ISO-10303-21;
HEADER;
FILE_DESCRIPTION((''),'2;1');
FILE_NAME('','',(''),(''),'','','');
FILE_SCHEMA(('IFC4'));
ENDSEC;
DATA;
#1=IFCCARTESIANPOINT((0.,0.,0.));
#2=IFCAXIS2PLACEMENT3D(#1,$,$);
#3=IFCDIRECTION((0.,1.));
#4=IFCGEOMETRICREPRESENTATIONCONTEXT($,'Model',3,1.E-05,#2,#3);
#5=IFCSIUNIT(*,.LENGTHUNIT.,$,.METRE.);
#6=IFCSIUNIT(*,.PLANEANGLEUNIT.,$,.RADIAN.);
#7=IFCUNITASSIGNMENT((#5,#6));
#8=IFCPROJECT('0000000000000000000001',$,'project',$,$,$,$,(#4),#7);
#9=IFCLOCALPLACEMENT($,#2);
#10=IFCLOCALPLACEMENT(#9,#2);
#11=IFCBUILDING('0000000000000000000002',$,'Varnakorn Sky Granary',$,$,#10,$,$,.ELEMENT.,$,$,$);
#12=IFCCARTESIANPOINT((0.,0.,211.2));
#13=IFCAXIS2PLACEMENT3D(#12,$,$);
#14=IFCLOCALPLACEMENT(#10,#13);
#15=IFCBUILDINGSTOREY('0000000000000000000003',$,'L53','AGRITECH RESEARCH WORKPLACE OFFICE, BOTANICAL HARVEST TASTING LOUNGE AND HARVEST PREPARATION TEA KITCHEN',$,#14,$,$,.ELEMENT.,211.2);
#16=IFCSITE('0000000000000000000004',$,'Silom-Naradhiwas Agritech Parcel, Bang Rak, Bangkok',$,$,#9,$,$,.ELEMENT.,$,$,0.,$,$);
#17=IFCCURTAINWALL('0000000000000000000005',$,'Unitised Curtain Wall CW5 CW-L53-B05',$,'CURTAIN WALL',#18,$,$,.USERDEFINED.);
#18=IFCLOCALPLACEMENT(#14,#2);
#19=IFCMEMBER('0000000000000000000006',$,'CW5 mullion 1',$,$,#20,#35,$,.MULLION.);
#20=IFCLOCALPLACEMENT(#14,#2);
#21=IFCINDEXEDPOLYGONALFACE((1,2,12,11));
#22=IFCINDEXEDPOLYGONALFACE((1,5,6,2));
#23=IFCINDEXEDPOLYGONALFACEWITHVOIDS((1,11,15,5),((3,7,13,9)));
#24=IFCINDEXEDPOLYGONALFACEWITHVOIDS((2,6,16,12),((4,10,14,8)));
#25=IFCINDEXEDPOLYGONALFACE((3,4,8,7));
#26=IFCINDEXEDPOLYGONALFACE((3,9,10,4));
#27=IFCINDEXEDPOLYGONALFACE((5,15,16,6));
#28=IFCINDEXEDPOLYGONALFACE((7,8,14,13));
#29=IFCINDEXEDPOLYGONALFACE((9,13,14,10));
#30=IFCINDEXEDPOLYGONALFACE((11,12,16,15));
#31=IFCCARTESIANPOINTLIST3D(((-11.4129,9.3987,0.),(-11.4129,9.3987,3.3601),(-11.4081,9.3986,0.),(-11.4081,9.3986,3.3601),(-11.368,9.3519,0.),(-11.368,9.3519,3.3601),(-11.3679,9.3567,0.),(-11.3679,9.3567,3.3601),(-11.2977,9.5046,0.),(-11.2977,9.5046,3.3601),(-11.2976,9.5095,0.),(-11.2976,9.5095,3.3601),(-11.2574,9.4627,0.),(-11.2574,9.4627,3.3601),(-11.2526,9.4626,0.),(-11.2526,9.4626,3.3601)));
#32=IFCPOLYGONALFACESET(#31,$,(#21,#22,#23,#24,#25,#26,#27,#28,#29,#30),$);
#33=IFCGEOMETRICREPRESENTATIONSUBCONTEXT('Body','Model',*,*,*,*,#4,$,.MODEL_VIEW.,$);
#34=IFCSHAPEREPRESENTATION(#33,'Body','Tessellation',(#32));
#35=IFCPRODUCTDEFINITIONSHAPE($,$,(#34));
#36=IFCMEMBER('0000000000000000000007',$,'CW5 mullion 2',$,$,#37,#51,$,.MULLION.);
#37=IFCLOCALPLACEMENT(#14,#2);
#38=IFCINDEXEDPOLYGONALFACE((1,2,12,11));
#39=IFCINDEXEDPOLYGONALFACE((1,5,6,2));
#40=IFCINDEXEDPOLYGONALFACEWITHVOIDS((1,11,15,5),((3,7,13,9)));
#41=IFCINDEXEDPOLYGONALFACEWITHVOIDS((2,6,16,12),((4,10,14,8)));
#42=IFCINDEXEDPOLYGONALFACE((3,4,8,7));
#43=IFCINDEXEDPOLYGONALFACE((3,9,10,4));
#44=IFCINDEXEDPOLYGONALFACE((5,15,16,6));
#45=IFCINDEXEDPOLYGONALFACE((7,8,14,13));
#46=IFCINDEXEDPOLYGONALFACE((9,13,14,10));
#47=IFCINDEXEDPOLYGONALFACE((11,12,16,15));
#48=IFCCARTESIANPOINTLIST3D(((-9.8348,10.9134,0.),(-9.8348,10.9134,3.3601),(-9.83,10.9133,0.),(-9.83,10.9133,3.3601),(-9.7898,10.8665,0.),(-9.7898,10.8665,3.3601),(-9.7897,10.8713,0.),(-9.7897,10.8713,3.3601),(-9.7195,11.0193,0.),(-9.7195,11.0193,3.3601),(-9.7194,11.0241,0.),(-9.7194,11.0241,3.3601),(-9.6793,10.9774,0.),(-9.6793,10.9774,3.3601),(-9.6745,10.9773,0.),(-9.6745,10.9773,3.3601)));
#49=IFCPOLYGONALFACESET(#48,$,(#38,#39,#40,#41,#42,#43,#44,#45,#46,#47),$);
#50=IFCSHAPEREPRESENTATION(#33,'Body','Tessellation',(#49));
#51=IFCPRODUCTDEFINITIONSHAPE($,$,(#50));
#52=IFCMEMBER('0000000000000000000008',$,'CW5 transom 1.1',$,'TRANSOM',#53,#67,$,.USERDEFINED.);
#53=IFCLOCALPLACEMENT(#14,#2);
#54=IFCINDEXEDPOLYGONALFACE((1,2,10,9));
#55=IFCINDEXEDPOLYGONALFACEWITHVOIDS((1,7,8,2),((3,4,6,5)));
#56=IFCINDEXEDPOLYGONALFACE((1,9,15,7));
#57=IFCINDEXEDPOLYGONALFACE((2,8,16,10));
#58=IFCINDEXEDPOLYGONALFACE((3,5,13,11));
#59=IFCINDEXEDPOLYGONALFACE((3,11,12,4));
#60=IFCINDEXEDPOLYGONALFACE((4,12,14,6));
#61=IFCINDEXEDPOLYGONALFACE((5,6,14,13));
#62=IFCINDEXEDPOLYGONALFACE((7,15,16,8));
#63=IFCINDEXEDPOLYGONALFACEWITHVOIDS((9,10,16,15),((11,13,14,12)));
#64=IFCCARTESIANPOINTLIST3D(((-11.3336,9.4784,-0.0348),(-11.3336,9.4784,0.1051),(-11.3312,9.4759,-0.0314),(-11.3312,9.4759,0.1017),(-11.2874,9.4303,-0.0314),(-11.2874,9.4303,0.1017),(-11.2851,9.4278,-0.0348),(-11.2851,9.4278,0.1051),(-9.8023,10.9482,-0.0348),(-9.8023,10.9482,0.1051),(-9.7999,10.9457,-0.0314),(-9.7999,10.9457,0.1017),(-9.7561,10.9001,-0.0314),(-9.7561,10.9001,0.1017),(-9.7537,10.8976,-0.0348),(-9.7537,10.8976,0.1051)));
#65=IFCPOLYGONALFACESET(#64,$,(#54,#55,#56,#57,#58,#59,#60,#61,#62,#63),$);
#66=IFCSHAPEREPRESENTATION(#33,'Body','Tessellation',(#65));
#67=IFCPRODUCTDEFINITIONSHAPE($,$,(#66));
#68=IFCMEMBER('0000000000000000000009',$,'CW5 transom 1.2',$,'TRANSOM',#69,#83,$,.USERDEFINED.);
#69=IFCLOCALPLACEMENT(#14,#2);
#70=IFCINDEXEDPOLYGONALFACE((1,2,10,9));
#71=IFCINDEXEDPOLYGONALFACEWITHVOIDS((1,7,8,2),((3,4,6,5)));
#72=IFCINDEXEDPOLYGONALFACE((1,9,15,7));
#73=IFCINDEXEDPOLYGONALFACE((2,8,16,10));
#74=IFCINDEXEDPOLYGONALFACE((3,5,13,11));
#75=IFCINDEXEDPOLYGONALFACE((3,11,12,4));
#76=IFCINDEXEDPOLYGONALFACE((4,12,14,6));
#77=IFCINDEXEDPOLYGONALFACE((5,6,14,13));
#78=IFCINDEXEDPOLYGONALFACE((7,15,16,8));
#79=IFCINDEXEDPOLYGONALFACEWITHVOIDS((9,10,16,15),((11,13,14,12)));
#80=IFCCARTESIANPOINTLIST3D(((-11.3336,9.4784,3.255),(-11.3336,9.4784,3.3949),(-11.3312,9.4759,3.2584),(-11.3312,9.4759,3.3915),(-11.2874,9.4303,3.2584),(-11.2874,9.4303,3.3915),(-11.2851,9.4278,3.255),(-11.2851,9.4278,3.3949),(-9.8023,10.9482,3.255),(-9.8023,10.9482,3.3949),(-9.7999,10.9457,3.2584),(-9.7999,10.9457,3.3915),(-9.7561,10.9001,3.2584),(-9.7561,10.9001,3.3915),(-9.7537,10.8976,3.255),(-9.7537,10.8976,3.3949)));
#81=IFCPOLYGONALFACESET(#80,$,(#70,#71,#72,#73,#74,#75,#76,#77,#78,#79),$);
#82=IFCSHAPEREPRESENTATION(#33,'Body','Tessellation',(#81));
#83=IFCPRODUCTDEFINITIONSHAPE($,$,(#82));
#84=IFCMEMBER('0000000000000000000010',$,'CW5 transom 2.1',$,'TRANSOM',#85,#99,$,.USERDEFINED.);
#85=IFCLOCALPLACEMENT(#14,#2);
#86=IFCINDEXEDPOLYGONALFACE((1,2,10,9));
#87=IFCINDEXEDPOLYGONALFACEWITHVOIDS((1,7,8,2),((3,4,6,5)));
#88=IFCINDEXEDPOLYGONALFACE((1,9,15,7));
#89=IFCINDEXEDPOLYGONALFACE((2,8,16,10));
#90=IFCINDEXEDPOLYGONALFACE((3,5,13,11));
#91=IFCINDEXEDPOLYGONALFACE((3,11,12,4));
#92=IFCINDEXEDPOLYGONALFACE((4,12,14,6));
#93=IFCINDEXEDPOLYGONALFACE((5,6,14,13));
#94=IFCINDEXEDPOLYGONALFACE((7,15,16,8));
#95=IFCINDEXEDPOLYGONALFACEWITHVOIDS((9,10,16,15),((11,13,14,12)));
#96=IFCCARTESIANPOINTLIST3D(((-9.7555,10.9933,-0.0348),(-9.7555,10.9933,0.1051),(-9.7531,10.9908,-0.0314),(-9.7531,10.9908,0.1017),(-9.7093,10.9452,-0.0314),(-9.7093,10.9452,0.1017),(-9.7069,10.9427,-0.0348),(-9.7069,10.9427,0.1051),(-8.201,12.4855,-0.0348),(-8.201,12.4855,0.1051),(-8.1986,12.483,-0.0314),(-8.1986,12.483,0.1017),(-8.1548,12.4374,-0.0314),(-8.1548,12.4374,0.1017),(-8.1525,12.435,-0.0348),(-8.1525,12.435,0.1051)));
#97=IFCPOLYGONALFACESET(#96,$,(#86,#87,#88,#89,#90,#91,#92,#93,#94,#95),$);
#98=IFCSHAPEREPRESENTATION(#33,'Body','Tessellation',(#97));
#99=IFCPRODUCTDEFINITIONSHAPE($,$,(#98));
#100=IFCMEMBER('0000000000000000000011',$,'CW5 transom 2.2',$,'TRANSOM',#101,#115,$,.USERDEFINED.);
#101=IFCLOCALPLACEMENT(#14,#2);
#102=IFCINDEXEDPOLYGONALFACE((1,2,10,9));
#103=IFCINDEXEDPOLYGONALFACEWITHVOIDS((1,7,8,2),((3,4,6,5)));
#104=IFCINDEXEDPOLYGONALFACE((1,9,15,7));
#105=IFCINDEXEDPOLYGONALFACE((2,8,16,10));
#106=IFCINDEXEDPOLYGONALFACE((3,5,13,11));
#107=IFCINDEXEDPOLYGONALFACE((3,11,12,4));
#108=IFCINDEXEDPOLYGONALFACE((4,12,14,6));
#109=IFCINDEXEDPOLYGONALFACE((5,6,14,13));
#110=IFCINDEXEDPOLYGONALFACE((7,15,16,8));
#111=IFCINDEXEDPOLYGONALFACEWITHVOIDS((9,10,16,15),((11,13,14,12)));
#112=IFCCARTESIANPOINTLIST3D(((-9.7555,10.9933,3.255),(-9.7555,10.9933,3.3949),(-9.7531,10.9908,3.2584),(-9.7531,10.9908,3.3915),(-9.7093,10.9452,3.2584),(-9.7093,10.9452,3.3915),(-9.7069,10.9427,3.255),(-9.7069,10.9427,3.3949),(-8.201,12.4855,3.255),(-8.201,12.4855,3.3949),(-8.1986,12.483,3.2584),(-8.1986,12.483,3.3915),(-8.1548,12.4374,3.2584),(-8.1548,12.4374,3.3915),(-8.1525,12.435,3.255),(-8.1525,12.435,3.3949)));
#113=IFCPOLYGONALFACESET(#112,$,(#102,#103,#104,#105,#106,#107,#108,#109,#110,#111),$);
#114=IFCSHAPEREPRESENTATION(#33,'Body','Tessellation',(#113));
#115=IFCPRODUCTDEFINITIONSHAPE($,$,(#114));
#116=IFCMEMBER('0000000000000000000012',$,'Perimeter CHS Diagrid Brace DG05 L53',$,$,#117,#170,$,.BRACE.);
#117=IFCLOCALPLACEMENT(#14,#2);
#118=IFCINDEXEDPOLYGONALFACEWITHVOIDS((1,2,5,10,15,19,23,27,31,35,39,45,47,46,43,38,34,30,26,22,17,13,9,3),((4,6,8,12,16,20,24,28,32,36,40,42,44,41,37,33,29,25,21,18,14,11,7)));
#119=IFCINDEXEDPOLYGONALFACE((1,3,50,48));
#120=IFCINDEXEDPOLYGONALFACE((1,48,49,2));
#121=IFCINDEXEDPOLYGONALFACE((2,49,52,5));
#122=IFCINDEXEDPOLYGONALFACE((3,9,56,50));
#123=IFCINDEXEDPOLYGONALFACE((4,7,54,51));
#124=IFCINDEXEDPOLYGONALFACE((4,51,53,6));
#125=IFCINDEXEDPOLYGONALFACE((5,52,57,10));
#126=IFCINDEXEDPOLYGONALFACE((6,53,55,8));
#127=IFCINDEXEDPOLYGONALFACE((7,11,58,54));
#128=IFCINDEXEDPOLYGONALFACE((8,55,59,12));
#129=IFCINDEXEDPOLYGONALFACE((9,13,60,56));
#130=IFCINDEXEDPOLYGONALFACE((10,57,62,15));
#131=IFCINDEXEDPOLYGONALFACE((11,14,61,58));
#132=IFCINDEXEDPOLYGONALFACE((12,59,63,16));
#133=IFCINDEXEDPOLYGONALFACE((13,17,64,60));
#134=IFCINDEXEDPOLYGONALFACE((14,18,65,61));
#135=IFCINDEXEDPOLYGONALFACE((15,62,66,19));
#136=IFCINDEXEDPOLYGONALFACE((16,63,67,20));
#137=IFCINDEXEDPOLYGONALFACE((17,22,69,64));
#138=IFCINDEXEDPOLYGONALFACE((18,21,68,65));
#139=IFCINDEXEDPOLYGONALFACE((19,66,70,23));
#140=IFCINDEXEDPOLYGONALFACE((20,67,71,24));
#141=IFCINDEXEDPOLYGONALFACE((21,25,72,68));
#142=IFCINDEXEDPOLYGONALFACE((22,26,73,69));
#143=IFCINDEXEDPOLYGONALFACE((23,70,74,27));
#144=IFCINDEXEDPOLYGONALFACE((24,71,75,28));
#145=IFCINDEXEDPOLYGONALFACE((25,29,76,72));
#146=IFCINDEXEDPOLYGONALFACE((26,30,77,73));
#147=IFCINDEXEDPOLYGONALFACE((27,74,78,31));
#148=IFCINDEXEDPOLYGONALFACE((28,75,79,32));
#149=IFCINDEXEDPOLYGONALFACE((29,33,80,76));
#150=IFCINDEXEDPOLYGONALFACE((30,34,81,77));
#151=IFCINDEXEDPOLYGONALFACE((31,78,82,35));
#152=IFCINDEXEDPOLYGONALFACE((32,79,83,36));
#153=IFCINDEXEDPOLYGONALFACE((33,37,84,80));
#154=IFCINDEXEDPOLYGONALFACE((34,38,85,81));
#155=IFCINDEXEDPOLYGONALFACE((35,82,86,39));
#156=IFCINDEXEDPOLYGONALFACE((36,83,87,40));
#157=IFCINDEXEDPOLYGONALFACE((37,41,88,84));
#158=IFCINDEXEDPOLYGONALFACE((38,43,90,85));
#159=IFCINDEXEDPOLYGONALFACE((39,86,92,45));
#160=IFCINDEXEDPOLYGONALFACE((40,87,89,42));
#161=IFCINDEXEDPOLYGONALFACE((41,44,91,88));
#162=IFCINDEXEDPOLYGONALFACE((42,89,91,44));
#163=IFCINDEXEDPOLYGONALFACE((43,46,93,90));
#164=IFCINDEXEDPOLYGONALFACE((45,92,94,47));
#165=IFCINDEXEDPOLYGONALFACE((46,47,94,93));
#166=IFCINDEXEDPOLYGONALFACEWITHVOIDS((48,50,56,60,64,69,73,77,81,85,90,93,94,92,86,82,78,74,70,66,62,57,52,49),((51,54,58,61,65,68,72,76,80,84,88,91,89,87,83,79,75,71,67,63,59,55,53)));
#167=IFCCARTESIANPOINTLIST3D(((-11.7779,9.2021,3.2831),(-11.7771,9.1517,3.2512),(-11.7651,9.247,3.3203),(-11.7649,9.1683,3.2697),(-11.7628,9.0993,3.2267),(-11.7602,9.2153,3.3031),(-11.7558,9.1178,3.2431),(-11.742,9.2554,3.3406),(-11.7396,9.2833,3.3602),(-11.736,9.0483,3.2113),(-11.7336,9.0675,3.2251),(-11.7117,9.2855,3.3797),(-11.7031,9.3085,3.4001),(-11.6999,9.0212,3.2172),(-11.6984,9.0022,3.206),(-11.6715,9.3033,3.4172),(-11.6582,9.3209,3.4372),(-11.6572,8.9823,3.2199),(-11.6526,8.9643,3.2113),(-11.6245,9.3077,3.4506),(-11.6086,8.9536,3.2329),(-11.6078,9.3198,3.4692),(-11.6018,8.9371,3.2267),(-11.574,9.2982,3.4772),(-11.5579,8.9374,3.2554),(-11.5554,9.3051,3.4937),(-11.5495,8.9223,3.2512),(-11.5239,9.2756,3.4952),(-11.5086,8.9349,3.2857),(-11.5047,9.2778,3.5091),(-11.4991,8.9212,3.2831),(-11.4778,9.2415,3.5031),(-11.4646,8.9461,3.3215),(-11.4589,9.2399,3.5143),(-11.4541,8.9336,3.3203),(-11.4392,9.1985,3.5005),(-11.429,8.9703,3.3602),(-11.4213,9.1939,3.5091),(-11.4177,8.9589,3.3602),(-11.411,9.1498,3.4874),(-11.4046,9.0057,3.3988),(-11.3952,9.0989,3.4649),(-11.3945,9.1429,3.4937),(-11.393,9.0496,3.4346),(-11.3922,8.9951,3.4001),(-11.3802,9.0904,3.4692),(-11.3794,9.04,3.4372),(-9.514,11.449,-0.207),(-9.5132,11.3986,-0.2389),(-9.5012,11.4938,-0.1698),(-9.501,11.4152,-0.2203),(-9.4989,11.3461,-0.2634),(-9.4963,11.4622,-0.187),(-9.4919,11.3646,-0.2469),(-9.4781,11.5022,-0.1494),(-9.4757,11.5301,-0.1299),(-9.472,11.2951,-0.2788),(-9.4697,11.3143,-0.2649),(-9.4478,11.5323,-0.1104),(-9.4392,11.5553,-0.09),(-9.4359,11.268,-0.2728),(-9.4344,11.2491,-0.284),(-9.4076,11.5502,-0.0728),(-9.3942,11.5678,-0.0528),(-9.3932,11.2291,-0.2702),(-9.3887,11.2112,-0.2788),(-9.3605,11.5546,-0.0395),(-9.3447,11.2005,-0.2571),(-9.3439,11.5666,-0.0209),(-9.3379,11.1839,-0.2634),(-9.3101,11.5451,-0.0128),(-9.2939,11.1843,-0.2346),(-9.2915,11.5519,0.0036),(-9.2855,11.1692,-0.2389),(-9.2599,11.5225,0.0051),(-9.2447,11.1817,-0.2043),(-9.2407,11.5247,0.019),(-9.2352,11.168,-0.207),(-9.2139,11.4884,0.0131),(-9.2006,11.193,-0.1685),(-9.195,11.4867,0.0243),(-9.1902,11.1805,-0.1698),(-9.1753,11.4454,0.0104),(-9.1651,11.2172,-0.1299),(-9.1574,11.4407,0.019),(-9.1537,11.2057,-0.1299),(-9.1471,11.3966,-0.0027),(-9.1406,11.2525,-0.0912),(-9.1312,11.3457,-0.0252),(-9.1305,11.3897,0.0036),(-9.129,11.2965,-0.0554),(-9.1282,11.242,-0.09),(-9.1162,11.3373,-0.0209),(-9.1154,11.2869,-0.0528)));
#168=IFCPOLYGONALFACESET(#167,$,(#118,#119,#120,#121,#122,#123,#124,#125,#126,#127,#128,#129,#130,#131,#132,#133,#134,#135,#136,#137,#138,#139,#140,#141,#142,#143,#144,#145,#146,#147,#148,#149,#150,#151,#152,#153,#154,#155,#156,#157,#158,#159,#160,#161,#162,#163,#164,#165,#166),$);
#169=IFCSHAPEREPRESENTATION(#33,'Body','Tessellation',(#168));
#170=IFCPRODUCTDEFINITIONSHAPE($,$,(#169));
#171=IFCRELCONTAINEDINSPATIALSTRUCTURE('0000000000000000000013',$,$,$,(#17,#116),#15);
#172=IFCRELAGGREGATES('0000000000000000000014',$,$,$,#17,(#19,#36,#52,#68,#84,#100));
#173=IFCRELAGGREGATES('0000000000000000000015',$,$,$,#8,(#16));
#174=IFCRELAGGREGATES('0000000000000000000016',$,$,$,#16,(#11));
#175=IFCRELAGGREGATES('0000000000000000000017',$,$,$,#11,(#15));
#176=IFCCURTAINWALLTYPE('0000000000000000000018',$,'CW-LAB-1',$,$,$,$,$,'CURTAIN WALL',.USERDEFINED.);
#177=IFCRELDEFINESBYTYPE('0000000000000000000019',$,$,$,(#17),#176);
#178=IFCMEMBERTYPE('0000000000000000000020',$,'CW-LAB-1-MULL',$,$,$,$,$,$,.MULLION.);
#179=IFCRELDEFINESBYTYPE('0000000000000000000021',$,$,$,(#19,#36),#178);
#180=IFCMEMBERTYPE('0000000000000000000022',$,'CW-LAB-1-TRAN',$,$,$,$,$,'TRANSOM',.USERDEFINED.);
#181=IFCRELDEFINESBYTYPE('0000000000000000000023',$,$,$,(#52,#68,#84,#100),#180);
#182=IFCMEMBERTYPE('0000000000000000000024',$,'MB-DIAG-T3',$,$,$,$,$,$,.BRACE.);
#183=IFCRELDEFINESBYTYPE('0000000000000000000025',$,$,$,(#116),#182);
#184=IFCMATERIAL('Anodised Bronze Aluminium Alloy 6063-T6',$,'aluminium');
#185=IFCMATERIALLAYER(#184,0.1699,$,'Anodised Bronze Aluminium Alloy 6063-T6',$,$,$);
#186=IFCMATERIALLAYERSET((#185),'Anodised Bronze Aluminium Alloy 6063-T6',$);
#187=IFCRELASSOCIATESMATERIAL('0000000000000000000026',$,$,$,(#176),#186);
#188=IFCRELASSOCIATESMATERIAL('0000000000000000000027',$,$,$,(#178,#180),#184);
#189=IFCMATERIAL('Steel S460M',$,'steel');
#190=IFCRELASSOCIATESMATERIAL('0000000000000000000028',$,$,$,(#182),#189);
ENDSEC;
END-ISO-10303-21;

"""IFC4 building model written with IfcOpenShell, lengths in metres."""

from ifc_helpers import new_model, si_unit, direction, frame, origin, origin_2d, place, context, subcontext, project, spatial, hollow_rectangle, hollow_circle, extrude, material, layer, layer_set, material_profile, profile_set, type_object, element, aggregate, save


model = new_model("IFC4")

# Units and contexts
model_context = context("Model", 3, precision=1e-05, world=origin(), true_north=direction((0.0, 1.0)))
body_context = subcontext(model_context, "Body", "Model", "MODEL_VIEW")
ifc_project = project(units=[si_unit("LENGTHUNIT", "METRE"), si_unit("PLANEANGLEUNIT", "RADIAN")], contexts=[model_context])

# Site, building, storey
site_placement = place(None, origin())
site = spatial("IfcSite", under=ifc_project, at=site_placement, Name="Silom-Naradhiwas Agritech Parcel, Bang Rak, Bangkok", CompositionType="ELEMENT", RefElevation=0.0)
building_placement = place(site_placement, origin())
building = spatial("IfcBuilding", under=site, at=building_placement, Name="Varnakorn Sky Granary", CompositionType="ELEMENT")
storey_placement = place(building_placement, frame((0.0, 0.0, 211.2)))
storey = spatial("IfcBuildingStorey", under=building, at=storey_placement, Name="L53", Description="AGRITECH RESEARCH WORKPLACE OFFICE, BOTANICAL HARVEST TASTING LOUNGE AND HARVEST PREPARATION TEA KITCHEN", CompositionType="ELEMENT", Elevation=211.2)

# Shared definitions
ifc_material_1 = material(Name="Steel S460M", Category="steel")

# Curtain wall, members
ifc_material_2 = material(Name="Anodised Bronze Aluminium Alloy 6063-T6", Category="aluminium")
ifc_layer_1 = layer(ifc_material_2, 0.1699, Name="Anodised Bronze Aluminium Alloy 6063-T6")
ifc_layer_set_1 = layer_set([ifc_layer_1], Name="Anodised Bronze Aluminium Alloy 6063-T6")
curtain_wall_type = type_object("IfcCurtainWallType", Name="CW-LAB-1", ElementType="CURTAIN WALL", PredefinedType="USERDEFINED", material=ifc_layer_set_1)
curtain_wall_placement = place(storey_placement, origin())
curtain_wall = element("IfcCurtainWall", 1, at=curtain_wall_placement, inside=storey, type_object=curtain_wall_type, Name="Unitised Curtain Wall CW5 CW-L53-B05", ObjectType="CURTAIN WALL", PredefinedType="USERDEFINED")
ifc_material_profile_1 = material_profile(ifc_material_2, hollow_rectangle(XDim=0.0649, YDim=0.1599, WallThickness=0.0034, at=origin_2d()), Name="ALU MULL 65x160")
ifc_profile_set_1 = profile_set([ifc_material_profile_1], Name="Anodised Bronze Aluminium Alloy 6063-T6")
member_type_1 = type_object("IfcMemberType", Name="CW-LAB-1-MULL", PredefinedType="MULLION", material=ifc_profile_set_1)
member_1_placement = place(storey_placement, frame((-11.3328, 9.4307, 0.0), z_axis=(0.0, 0.0, 1.0), x_axis=(-0.692516, 0.721402, 0.0)))
member_1 = element("IfcMember", 2, at=member_1_placement, type_object=member_type_1, Name="CW5 mullion 1", PredefinedType="MULLION", context=body_context, shape_type="SweptSolid", body=[
    extrude(hollow_rectangle(XDim=0.0649, YDim=0.1599, WallThickness=0.0034, at=origin_2d()), origin(), (0.0, 0.0, 1.0), 3.3601),
])
member_2_placement = place(storey_placement, frame((-9.7546, 10.9453, 0.0), z_axis=(0.0, 0.0, 1.0), x_axis=(-0.692516, 0.721402, 0.0)))
member_2 = element("IfcMember", 3, at=member_2_placement, type_object=member_type_1, Name="CW5 mullion 2", PredefinedType="MULLION", context=body_context, shape_type="SweptSolid", body=[
    extrude(hollow_rectangle(XDim=0.0649, YDim=0.1599, WallThickness=0.0034, at=origin_2d()), origin(), (0.0, 0.0, 1.0), 3.3601),
])
ifc_material_profile_2 = material_profile(ifc_material_2, hollow_rectangle(XDim=0.0701, YDim=0.1399, WallThickness=0.0034, at=origin_2d()), Name="ALU TRAN 70x140")
ifc_profile_set_2 = profile_set([ifc_material_profile_2], Name="Anodised Bronze Aluminium Alloy 6063-T6")
member_type_2 = type_object("IfcMemberType", Name="CW-LAB-1-TRAN", ElementType="TRANSOM", PredefinedType="USERDEFINED", material=ifc_profile_set_2)
member_3_placement = place(storey_placement, frame((-11.3093, 9.4531, 0.0352), z_axis=(0.721452, 0.692465, 0.0), x_axis=(-0.692465, 0.721452, 0.0)))
member_3 = element("IfcMember", 4, at=member_3_placement, type_object=member_type_2, Name="CW5 transom 1.1", ObjectType="TRANSOM", PredefinedType="USERDEFINED", context=body_context, shape_type="SweptSolid", body=[
    extrude(hollow_rectangle(XDim=0.0701, YDim=0.1399, WallThickness=0.0034, at=origin_2d()), origin(), (0.0, 0.0, 1.0), 2.1226),
])
member_4_placement = place(storey_placement, frame((-11.3093, 9.4531, 3.325), z_axis=(0.721452, 0.692465, 0.0), x_axis=(-0.692465, 0.721452, 0.0)))
member_4 = element("IfcMember", 5, at=member_4_placement, type_object=member_type_2, Name="CW5 transom 1.2", ObjectType="TRANSOM", PredefinedType="USERDEFINED", context=body_context, shape_type="SweptSolid", body=[
    extrude(hollow_rectangle(XDim=0.0701, YDim=0.1399, WallThickness=0.0034, at=origin_2d()), origin(), (0.0, 0.0, 1.0), 2.1226),
])
member_5_placement = place(storey_placement, frame((-9.7312, 10.968, 0.0352), z_axis=(0.721405, 0.692513, 0.0), x_axis=(-0.692513, 0.721405, 0.0)))
member_5 = element("IfcMember", 6, at=member_5_placement, type_object=member_type_2, Name="CW5 transom 2.1", ObjectType="TRANSOM", PredefinedType="USERDEFINED", context=body_context, shape_type="SweptSolid", body=[
    extrude(hollow_rectangle(XDim=0.0701, YDim=0.1399, WallThickness=0.0034, at=origin_2d()), origin(), (0.0, 0.0, 1.0), 2.1548),
])
member_6_placement = place(storey_placement, frame((-9.7312, 10.968, 3.325), z_axis=(0.721405, 0.692513, 0.0), x_axis=(-0.692513, 0.721405, 0.0)))
member_6 = element("IfcMember", 7, at=member_6_placement, type_object=member_type_2, Name="CW5 transom 2.2", ObjectType="TRANSOM", PredefinedType="USERDEFINED", context=body_context, shape_type="SweptSolid", body=[
    extrude(hollow_rectangle(XDim=0.0701, YDim=0.1399, WallThickness=0.0034, at=origin_2d()), origin(), (0.0, 0.0, 1.0), 2.1548),
])

# Member
ifc_material_profile_3 = material_profile(ifc_material_1, hollow_circle(Radius=0.2285, WallThickness=0.0161, at=origin_2d()), Name="CHS 457x16")
ifc_profile_set_3 = profile_set([ifc_material_profile_3], Name="Steel S460M")
member_type_3 = type_object("IfcMemberType", Name="MB-DIAG-T3", PredefinedType="BRACE", material=ifc_profile_set_3)
member_7_placement = place(storey_placement, frame((-9.3147, 11.3679, -0.1299), z_axis=(-0.478836, -0.475221, 0.73816), x_axis=(0.704423, -0.709781, 0.0)))
element("IfcMember", 8, at=member_7_placement, inside=storey, type_object=member_type_3, Name="Perimeter CHS Diagrid Brace DG05 L53", PredefinedType="BRACE", context=body_context, shape_type="SweptSolid", body=[
    extrude(hollow_circle(Radius=0.2285, WallThickness=0.0161, at=origin_2d()), origin(), (0.0, 0.0, 1.0), 4.728),
])

aggregate(curtain_wall, [member_1, member_2, member_3, member_4, member_5, member_6])

save(model, "model.ifc")
